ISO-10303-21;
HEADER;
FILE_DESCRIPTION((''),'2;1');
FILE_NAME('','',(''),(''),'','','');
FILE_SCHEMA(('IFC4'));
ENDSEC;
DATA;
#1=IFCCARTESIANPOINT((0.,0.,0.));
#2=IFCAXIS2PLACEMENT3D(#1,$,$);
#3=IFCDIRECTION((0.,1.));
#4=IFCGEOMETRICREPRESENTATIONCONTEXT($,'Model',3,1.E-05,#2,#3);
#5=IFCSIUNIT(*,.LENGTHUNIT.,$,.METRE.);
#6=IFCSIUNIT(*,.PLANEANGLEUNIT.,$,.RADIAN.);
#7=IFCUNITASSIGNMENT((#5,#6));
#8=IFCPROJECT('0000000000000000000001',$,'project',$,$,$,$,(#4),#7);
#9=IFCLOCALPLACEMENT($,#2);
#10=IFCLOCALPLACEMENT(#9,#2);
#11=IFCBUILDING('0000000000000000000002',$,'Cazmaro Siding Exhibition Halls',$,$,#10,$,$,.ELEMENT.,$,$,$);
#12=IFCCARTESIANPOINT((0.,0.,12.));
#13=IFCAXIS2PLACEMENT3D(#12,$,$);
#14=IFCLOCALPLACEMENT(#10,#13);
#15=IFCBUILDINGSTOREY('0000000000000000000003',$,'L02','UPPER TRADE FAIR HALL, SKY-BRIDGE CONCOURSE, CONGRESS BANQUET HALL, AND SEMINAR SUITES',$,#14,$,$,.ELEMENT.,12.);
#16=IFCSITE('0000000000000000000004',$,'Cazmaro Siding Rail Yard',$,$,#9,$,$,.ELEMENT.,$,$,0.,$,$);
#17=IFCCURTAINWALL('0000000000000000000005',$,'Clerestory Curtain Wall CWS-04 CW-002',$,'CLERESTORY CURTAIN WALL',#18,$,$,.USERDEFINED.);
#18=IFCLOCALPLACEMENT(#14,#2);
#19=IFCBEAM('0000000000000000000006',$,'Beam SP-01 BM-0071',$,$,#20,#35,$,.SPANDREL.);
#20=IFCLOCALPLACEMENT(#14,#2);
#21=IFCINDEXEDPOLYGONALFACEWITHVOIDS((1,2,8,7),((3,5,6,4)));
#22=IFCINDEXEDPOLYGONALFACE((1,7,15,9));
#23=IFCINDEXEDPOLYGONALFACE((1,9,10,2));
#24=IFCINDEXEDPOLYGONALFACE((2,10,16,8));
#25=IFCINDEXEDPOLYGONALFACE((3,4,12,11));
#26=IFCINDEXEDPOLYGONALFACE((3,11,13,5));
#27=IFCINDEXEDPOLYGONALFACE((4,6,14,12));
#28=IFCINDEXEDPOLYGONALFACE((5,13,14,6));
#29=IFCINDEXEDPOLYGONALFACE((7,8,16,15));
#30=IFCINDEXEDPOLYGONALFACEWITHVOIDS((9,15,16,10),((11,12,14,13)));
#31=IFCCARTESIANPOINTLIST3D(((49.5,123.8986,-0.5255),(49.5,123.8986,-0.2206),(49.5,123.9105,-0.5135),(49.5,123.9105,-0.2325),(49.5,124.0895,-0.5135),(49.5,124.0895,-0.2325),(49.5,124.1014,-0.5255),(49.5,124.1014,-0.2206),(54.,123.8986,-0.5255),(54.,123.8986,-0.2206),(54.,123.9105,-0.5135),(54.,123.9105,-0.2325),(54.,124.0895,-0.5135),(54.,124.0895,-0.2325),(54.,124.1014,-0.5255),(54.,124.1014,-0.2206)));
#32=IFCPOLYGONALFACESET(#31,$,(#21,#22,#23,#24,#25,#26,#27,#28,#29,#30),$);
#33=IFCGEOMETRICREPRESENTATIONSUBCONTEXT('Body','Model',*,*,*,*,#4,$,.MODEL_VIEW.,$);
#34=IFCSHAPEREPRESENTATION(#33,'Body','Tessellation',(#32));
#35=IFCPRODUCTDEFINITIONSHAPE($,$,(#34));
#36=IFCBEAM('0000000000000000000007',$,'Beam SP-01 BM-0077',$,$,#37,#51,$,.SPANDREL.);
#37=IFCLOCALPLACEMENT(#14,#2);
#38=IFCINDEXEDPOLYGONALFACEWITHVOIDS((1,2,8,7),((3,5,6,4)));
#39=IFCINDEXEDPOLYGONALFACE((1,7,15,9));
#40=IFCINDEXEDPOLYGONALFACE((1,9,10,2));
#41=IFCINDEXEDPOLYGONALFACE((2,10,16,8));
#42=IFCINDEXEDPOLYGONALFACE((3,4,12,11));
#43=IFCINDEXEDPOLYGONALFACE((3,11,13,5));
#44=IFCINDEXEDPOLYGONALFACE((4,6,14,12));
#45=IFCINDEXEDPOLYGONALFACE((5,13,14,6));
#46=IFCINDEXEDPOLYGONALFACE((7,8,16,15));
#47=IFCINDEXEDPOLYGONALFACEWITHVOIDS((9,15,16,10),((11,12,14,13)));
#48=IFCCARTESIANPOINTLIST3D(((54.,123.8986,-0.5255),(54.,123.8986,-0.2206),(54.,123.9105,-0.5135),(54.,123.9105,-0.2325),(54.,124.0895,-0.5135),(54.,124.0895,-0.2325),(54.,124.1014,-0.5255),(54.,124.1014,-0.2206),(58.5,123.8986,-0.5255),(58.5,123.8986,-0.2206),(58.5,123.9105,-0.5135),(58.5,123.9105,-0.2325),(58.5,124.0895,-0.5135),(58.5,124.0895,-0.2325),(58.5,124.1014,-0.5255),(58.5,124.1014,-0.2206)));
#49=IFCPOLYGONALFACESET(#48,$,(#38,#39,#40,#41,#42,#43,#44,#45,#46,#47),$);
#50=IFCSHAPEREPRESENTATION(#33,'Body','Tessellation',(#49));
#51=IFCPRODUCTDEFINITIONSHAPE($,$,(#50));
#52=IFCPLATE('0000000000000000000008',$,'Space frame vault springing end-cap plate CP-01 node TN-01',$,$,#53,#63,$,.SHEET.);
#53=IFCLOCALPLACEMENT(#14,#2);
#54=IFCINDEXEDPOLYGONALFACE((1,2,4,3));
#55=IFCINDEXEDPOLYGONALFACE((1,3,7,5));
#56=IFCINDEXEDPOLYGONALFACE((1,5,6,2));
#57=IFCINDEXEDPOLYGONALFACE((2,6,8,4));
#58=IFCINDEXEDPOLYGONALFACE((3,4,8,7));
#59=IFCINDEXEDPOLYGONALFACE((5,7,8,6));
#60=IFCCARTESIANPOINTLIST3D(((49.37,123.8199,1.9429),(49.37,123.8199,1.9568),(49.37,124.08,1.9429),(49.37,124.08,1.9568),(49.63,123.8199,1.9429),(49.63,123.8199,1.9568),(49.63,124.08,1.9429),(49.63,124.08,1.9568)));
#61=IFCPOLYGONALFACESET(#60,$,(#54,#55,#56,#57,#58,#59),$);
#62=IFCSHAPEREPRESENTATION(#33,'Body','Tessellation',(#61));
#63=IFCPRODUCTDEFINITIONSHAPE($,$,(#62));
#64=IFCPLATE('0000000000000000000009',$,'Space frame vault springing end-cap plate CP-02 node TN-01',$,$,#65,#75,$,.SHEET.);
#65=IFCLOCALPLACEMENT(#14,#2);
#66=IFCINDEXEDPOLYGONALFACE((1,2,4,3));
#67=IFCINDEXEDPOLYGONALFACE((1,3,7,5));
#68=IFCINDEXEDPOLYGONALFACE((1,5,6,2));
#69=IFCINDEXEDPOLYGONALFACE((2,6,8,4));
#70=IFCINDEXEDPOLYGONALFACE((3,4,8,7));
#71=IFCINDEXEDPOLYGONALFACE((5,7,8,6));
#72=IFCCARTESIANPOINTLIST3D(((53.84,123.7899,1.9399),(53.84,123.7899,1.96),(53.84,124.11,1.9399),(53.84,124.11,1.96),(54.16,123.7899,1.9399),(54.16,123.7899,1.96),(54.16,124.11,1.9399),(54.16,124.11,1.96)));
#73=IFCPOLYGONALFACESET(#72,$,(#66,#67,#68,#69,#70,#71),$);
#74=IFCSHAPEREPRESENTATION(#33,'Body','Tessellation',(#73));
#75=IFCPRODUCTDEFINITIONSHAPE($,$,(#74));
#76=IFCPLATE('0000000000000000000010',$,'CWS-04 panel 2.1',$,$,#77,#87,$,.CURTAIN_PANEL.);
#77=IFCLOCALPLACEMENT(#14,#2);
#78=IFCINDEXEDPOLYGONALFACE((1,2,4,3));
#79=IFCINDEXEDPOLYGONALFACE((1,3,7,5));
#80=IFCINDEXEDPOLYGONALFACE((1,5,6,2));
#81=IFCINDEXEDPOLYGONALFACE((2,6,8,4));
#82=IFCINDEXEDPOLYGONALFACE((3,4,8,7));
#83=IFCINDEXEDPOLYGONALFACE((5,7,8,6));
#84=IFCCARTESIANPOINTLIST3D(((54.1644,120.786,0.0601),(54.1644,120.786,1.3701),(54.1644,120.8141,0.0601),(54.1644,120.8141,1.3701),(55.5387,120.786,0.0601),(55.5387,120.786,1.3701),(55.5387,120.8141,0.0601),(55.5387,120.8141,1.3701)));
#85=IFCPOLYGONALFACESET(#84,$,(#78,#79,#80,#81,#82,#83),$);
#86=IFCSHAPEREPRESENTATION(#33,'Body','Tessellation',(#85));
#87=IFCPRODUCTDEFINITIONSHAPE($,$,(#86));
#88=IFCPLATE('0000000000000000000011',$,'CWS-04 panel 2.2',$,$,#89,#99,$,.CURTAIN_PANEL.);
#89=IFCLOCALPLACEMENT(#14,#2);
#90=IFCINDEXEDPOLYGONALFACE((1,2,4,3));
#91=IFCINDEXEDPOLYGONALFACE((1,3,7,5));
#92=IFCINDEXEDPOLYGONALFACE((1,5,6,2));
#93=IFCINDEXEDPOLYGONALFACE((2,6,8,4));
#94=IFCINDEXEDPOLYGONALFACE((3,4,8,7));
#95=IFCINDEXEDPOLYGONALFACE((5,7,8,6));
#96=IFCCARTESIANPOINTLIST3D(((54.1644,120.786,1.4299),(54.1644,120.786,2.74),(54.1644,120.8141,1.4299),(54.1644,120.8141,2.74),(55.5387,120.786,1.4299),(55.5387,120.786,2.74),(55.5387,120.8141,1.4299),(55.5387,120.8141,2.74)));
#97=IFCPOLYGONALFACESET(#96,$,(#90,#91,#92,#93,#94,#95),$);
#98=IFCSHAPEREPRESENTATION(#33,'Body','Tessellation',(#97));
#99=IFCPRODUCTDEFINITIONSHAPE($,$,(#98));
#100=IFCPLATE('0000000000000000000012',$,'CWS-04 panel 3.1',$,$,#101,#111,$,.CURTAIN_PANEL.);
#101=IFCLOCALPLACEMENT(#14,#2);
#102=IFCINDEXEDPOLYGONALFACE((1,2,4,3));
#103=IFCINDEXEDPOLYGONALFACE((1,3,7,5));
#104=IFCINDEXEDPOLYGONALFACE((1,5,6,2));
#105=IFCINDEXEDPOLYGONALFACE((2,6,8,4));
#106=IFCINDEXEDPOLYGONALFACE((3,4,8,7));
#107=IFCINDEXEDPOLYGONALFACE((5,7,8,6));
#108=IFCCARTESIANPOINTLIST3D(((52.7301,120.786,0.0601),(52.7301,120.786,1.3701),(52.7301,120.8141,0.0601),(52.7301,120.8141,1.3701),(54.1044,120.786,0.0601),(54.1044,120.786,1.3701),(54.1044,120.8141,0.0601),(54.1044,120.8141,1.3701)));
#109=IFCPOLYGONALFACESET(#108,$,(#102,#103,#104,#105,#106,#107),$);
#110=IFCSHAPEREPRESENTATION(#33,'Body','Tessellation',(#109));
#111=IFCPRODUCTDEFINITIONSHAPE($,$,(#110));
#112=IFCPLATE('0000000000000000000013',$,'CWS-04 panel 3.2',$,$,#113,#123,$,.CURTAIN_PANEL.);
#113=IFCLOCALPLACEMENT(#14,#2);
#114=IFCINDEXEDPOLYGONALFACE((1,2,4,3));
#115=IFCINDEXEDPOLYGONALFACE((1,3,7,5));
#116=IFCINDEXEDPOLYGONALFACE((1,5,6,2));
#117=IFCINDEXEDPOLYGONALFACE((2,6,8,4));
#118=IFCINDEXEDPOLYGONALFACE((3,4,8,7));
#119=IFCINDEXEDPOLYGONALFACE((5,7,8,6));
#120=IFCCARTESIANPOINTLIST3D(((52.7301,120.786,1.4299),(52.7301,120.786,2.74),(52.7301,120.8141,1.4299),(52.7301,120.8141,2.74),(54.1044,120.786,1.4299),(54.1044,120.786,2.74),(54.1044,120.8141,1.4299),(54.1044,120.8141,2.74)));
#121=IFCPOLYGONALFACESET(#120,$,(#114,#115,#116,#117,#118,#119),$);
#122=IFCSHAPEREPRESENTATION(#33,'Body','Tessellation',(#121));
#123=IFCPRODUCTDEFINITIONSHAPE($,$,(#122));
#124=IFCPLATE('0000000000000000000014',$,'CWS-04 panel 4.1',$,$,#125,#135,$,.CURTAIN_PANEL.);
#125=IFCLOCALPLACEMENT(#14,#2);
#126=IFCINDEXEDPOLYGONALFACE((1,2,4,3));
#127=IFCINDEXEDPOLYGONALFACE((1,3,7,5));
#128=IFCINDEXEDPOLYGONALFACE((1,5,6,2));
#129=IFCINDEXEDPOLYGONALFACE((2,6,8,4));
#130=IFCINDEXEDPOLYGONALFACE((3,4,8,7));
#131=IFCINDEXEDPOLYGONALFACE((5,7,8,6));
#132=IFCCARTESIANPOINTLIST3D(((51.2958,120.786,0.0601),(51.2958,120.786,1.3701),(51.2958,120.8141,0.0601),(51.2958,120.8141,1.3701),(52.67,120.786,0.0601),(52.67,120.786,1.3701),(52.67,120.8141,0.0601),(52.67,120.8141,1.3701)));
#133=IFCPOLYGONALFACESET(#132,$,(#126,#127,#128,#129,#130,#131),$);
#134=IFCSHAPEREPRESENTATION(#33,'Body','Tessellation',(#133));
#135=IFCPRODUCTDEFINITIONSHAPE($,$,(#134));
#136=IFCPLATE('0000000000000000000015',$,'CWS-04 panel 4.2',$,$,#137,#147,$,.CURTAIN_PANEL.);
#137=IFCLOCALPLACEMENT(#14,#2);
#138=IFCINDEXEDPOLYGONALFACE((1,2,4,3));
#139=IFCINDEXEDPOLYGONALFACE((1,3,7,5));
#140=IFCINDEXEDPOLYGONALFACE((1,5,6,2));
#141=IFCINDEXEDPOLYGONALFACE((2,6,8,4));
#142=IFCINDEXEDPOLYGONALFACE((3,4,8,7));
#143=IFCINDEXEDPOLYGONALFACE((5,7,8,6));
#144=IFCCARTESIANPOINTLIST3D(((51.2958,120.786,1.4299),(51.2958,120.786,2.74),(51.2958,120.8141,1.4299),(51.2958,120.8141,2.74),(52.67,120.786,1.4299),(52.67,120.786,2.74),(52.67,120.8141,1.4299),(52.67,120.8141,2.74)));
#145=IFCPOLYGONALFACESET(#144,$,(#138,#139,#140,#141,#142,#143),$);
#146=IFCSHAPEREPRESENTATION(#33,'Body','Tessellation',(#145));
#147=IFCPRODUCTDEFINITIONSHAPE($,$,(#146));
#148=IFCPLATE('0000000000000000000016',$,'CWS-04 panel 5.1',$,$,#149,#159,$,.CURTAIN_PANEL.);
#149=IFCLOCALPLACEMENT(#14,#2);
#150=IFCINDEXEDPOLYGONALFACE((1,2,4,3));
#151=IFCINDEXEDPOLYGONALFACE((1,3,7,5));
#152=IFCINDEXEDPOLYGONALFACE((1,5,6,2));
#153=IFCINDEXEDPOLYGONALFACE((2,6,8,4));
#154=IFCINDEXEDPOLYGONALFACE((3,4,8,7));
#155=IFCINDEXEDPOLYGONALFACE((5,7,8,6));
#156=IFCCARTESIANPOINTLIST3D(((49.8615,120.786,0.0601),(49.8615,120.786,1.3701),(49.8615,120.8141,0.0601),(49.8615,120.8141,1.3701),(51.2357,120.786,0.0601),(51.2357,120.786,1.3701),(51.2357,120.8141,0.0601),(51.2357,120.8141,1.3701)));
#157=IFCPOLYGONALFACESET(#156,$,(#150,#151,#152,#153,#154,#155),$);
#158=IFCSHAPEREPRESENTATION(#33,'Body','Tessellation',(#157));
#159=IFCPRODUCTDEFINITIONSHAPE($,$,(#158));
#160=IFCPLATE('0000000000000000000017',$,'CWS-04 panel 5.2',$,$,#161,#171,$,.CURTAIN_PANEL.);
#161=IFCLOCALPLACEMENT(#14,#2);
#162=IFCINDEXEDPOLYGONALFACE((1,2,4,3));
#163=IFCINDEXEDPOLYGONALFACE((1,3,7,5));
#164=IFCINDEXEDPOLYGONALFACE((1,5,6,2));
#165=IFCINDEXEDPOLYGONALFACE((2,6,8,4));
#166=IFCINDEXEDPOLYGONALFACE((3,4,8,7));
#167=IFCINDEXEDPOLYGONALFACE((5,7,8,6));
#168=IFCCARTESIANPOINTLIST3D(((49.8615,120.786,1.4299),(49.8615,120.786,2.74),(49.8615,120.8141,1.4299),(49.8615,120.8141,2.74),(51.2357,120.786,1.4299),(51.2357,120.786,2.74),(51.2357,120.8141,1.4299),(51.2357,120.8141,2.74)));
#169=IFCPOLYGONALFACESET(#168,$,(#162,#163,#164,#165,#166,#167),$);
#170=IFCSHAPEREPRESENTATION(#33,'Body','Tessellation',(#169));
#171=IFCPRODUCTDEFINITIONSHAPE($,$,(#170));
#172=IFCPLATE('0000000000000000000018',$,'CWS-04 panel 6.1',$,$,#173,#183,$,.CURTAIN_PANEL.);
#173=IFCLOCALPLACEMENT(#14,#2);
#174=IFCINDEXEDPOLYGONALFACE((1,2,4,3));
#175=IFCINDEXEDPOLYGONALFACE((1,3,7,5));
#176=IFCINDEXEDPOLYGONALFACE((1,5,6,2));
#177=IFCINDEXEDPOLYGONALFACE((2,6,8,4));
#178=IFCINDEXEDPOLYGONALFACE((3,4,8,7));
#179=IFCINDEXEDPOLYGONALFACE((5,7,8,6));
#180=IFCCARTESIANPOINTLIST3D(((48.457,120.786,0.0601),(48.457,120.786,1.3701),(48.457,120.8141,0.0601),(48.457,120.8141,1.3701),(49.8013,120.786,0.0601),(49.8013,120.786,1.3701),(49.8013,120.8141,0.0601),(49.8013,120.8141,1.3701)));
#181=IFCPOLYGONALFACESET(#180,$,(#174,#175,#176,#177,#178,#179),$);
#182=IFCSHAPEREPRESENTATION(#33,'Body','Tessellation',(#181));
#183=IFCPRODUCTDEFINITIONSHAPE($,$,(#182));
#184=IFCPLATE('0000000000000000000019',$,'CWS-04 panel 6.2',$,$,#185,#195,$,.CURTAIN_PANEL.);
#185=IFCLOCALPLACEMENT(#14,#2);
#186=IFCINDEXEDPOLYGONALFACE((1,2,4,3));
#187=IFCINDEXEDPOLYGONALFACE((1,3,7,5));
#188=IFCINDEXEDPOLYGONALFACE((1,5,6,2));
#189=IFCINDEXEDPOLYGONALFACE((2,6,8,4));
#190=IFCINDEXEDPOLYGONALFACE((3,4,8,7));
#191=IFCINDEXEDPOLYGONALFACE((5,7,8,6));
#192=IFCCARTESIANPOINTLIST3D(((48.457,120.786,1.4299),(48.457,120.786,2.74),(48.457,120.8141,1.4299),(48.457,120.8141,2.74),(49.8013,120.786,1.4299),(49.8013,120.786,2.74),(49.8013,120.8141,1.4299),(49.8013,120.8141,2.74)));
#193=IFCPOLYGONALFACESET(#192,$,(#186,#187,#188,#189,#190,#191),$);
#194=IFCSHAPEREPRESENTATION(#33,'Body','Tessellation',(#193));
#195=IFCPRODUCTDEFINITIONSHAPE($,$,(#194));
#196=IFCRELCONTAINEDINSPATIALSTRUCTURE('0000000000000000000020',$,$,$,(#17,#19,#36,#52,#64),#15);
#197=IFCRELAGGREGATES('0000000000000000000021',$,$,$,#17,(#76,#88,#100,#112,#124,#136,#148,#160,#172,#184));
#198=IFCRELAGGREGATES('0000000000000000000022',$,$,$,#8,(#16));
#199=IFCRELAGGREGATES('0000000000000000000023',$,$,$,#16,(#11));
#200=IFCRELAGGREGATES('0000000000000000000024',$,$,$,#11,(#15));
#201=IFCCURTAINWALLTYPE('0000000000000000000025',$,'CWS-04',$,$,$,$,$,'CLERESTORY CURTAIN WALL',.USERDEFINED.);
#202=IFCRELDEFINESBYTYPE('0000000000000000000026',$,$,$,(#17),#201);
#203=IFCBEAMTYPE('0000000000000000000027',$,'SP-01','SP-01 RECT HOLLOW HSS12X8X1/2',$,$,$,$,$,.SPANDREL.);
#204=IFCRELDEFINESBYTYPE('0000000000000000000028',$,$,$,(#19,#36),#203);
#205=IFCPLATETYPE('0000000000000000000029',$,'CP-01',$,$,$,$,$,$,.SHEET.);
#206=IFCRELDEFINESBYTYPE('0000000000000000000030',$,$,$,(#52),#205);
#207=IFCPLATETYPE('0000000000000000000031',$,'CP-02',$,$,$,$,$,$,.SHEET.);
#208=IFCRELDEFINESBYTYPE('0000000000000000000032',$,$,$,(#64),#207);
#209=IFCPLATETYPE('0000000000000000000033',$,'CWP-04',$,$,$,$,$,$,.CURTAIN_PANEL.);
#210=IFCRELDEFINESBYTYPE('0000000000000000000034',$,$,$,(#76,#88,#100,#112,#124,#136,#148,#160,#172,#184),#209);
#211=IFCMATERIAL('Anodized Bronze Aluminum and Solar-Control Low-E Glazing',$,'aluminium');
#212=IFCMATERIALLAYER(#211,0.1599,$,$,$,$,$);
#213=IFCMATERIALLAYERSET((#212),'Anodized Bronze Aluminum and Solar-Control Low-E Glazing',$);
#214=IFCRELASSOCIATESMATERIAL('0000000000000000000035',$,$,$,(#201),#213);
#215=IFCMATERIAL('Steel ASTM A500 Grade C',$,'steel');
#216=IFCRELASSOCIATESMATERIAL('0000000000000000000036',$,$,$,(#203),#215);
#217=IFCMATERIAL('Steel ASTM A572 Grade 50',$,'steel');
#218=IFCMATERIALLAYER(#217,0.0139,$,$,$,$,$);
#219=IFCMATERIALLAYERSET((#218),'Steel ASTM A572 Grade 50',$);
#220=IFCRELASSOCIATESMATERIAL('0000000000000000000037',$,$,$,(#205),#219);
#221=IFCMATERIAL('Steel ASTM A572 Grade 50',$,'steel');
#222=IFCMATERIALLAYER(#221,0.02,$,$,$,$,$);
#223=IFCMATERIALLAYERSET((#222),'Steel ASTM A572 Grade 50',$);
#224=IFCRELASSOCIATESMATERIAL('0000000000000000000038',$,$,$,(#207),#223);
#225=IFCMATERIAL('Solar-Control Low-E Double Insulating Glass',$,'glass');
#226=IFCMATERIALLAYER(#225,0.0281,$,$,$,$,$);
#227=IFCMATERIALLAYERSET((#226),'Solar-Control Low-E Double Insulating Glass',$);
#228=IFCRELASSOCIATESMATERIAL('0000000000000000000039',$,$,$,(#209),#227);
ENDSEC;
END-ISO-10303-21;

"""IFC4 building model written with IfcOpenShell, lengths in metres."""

from ifc_helpers import new_model, si_unit, direction, frame, origin, origin_2d, place, context, subcontext, project, spatial, rectangle, hollow_rectangle, extrude, material, layer, layer_set, material_profile, profile_set, type_object, element, aggregate, save


model = new_model("IFC4")

# Units and contexts
model_context = context("Model", 3, precision=1e-05, world=origin(), true_north=direction((0.0, 1.0)))
body_context = subcontext(model_context, "Body", "Model", "MODEL_VIEW")
ifc_project = project(units=[si_unit("LENGTHUNIT", "METRE"), si_unit("PLANEANGLEUNIT", "RADIAN")], contexts=[model_context])

# Site, building, storey
site_placement = place(None, origin())
site = spatial("IfcSite", under=ifc_project, at=site_placement, Name="Cazmaro Siding Rail Yard", CompositionType="ELEMENT", RefElevation=0.0)
building_placement = place(site_placement, origin())
building = spatial("IfcBuilding", under=site, at=building_placement, Name="Cazmaro Siding Exhibition Halls", CompositionType="ELEMENT")
storey_placement = place(building_placement, frame((0.0, 0.0, 12.0)))
storey = spatial("IfcBuildingStorey", under=building, at=storey_placement, Name="L02", Description="UPPER TRADE FAIR HALL, SKY-BRIDGE CONCOURSE, CONGRESS BANQUET HALL, AND SEMINAR SUITES", CompositionType="ELEMENT", Elevation=12.0)

# Curtain wall
ifc_material_1 = material(Name="Anodized Bronze Aluminum and Solar-Control Low-E Glazing", Category="aluminium")
ifc_layer_1 = layer(ifc_material_1, 0.1599)
ifc_layer_set_1 = layer_set([ifc_layer_1], Name="Anodized Bronze Aluminum and Solar-Control Low-E Glazing")
curtain_wall_type = type_object("IfcCurtainWallType", Name="CWS-04", ElementType="CLERESTORY CURTAIN WALL", PredefinedType="USERDEFINED", material=ifc_layer_set_1)
curtain_wall_placement = place(storey_placement, origin())
curtain_wall = element("IfcCurtainWall", 1, at=curtain_wall_placement, inside=storey, type_object=curtain_wall_type, Name="Clerestory Curtain Wall CWS-04 CW-002", ObjectType="CLERESTORY CURTAIN WALL", PredefinedType="USERDEFINED")

# Beams
ifc_material_2 = material(Name="Steel ASTM A500 Grade C", Category="steel")
ifc_material_profile_1 = material_profile(ifc_material_2, hollow_rectangle(XDim=0.2029, YDim=0.3049, WallThickness=0.012, at=origin_2d()), Name="HSS12X8X1/2")
ifc_profile_set_1 = profile_set([ifc_material_profile_1], Name="Steel ASTM A500 Grade C")
beam_type_1 = type_object("IfcBeamType", Name="SP-01", Description="SP-01 RECT HOLLOW HSS12X8X1/2", PredefinedType="SPANDREL", material=ifc_profile_set_1)
for number, where, z_axis, x_axis, name in (
    (2, (49.5, 124.0, -0.373), (1.0, 0.0, 0.0), (0.0, 1.0, 0.0), "Beam SP-01 BM-0071"),
    (3, (54.0, 124.0, -0.373), (1.0, 0.0, 0.0), (0.0, 1.0, 0.0), "Beam SP-01 BM-0077"),
):
    element("IfcBeam", number, at=place(storey_placement, frame(where, z_axis=z_axis, x_axis=x_axis)), inside=storey, type_object=beam_type_1, Name=name, PredefinedType="SPANDREL", context=body_context, shape_type="SweptSolid", body=[
        extrude(hollow_rectangle(XDim=0.2029, YDim=0.3049, WallThickness=0.012, at=origin_2d()), origin(), (0.0, 0.0, 1.0), 4.5),
    ])

# Plates
ifc_material_3 = material(Name="Steel ASTM A572 Grade 50", Category="steel")
ifc_layer_2 = layer(ifc_material_3, 0.0139)
ifc_layer_set_2 = layer_set([ifc_layer_2], Name="Steel ASTM A572 Grade 50")
plate_type_1 = type_object("IfcPlateType", Name="CP-01", PredefinedType="SHEET", material=ifc_layer_set_2)
plate_1_placement = place(storey_placement, frame((49.5, 123.95, 1.9429), z_axis=(0.0, 0.0, 1.0), x_axis=(1.0, 0.0, 0.0)))
element("IfcPlate", 4, at=plate_1_placement, inside=storey, type_object=plate_type_1, Name="Space frame vault springing end-cap plate CP-01 node TN-01", PredefinedType="SHEET", context=body_context, shape_type="SweptSolid", body=[
    extrude(rectangle(XDim=0.26, YDim=0.26, at=origin_2d()), origin(), (0.0, 0.0, 1.0), 0.0139),
])
ifc_material_4 = material(Name="Steel ASTM A572 Grade 50", Category="steel")
ifc_layer_3 = layer(ifc_material_4, 0.02)
ifc_layer_set_3 = layer_set([ifc_layer_3], Name="Steel ASTM A572 Grade 50")
plate_type_2 = type_object("IfcPlateType", Name="CP-02", PredefinedType="SHEET", material=ifc_layer_set_3)
plate_2_placement = place(storey_placement, frame((54.0, 123.95, 1.9399), z_axis=(0.0, 0.0, 1.0), x_axis=(1.0, 0.0, 0.0)))
element("IfcPlate", 5, at=plate_2_placement, inside=storey, type_object=plate_type_2, Name="Space frame vault springing end-cap plate CP-02 node TN-01", PredefinedType="SHEET", context=body_context, shape_type="SweptSolid", body=[
    extrude(rectangle(XDim=0.3201, YDim=0.3201, at=origin_2d()), origin(), (0.0, 0.0, 1.0), 0.02),
])

# Plates
ifc_material_5 = material(Name="Solar-Control Low-E Double Insulating Glass", Category="glass")
ifc_layer_4 = layer(ifc_material_5, 0.0281)
ifc_layer_set_4 = layer_set([ifc_layer_4], Name="Solar-Control Low-E Double Insulating Glass")
plate_type_3 = type_object("IfcPlateType", Name="CWP-04", PredefinedType="CURTAIN_PANEL", material=ifc_layer_set_4)
plate_3_placement = place(storey_placement, frame((54.8516, 120.8, 0.0601), z_axis=(0.0, 0.0, 1.0), x_axis=(-1.0, 0.0, 0.0)))
plate_3 = element("IfcPlate", 6, at=plate_3_placement, type_object=plate_type_3, Name="CWS-04 panel 2.1", PredefinedType="CURTAIN_PANEL", context=body_context, shape_type="SweptSolid", body=[
    extrude(rectangle(XDim=1.3743, YDim=0.0281, at=origin_2d()), origin(), (0.0, 0.0, 1.0), 1.3101),
])
plate_4_placement = place(storey_placement, frame((54.8516, 120.8, 1.4299), z_axis=(0.0, 0.0, 1.0), x_axis=(-1.0, 0.0, 0.0)))
plate_4 = element("IfcPlate", 7, at=plate_4_placement, type_object=plate_type_3, Name="CWS-04 panel 2.2", PredefinedType="CURTAIN_PANEL", context=body_context, shape_type="SweptSolid", body=[
    extrude(rectangle(XDim=1.3743, YDim=0.0281, at=origin_2d()), origin(), (0.0, 0.0, 1.0), 1.3101),
])
plate_5_placement = place(storey_placement, frame((53.4172, 120.8, 0.0601), z_axis=(0.0, 0.0, 1.0), x_axis=(-1.0, 0.0, 0.0)))
plate_5 = element("IfcPlate", 8, at=plate_5_placement, type_object=plate_type_3, Name="CWS-04 panel 3.1", PredefinedType="CURTAIN_PANEL", context=body_context, shape_type="SweptSolid", body=[
    extrude(rectangle(XDim=1.3743, YDim=0.0281, at=origin_2d()), origin(), (0.0, 0.0, 1.0), 1.3101),
])
plate_6_placement = place(storey_placement, frame((53.4172, 120.8, 1.4299), z_axis=(0.0, 0.0, 1.0), x_axis=(-1.0, 0.0, 0.0)))
plate_6 = element("IfcPlate", 9, at=plate_6_placement, type_object=plate_type_3, Name="CWS-04 panel 3.2", PredefinedType="CURTAIN_PANEL", context=body_context, shape_type="SweptSolid", body=[
    extrude(rectangle(XDim=1.3743, YDim=0.0281, at=origin_2d()), origin(), (0.0, 0.0, 1.0), 1.3101),
])
plate_7_placement = place(storey_placement, frame((51.9829, 120.8, 0.0601), z_axis=(0.0, 0.0, 1.0), x_axis=(-1.0, 0.0, 0.0)))
plate_7 = element("IfcPlate", 10, at=plate_7_placement, type_object=plate_type_3, Name="CWS-04 panel 4.1", PredefinedType="CURTAIN_PANEL", context=body_context, shape_type="SweptSolid", body=[
    extrude(rectangle(XDim=1.3743, YDim=0.0281, at=origin_2d()), origin(), (0.0, 0.0, 1.0), 1.3101),
])
plate_8_placement = place(storey_placement, frame((51.9829, 120.8, 1.4299), z_axis=(0.0, 0.0, 1.0), x_axis=(-1.0, 0.0, 0.0)))
plate_8 = element("IfcPlate", 11, at=plate_8_placement, type_object=plate_type_3, Name="CWS-04 panel 4.2", PredefinedType="CURTAIN_PANEL", context=body_context, shape_type="SweptSolid", body=[
    extrude(rectangle(XDim=1.3743, YDim=0.0281, at=origin_2d()), origin(), (0.0, 0.0, 1.0), 1.3101),
])
plate_9_placement = place(storey_placement, frame((50.5486, 120.8, 0.0601), z_axis=(0.0, 0.0, 1.0), x_axis=(-1.0, 0.0, 0.0)))
plate_9 = element("IfcPlate", 12, at=plate_9_placement, type_object=plate_type_3, Name="CWS-04 panel 5.1", PredefinedType="CURTAIN_PANEL", context=body_context, shape_type="SweptSolid", body=[
    extrude(rectangle(XDim=1.3743, YDim=0.0281, at=origin_2d()), origin(), (0.0, 0.0, 1.0), 1.3101),
])
plate_10_placement = place(storey_placement, frame((50.5486, 120.8, 1.4299), z_axis=(0.0, 0.0, 1.0), x_axis=(-1.0, 0.0, 0.0)))
plate_10 = element("IfcPlate", 13, at=plate_10_placement, type_object=plate_type_3, Name="CWS-04 panel 5.2", PredefinedType="CURTAIN_PANEL", context=body_context, shape_type="SweptSolid", body=[
    extrude(rectangle(XDim=1.3743, YDim=0.0281, at=origin_2d()), origin(), (0.0, 0.0, 1.0), 1.3101),
])
plate_11_placement = place(storey_placement, frame((49.1292, 120.8, 0.0601), z_axis=(0.0, 0.0, 1.0), x_axis=(-1.0, 0.0, 0.0)))
plate_11 = element("IfcPlate", 14, at=plate_11_placement, type_object=plate_type_3, Name="CWS-04 panel 6.1", PredefinedType="CURTAIN_PANEL", context=body_context, shape_type="SweptSolid", body=[
    extrude(rectangle(XDim=1.3442, YDim=0.0281, at=origin_2d()), origin(), (0.0, 0.0, 1.0), 1.3101),
])
plate_12_placement = place(storey_placement, frame((49.1292, 120.8, 1.4299), z_axis=(0.0, 0.0, 1.0), x_axis=(-1.0, 0.0, 0.0)))
plate_12 = element("IfcPlate", 15, at=plate_12_placement, type_object=plate_type_3, Name="CWS-04 panel 6.2", PredefinedType="CURTAIN_PANEL", context=body_context, shape_type="SweptSolid", body=[
    extrude(rectangle(XDim=1.3442, YDim=0.0281, at=origin_2d()), origin(), (0.0, 0.0, 1.0), 1.3101),
])
aggregate(curtain_wall, [plate_3, plate_4, plate_5, plate_6, plate_7, plate_8, plate_9, plate_10, plate_11, plate_12])

save(model, "model.ifc")
